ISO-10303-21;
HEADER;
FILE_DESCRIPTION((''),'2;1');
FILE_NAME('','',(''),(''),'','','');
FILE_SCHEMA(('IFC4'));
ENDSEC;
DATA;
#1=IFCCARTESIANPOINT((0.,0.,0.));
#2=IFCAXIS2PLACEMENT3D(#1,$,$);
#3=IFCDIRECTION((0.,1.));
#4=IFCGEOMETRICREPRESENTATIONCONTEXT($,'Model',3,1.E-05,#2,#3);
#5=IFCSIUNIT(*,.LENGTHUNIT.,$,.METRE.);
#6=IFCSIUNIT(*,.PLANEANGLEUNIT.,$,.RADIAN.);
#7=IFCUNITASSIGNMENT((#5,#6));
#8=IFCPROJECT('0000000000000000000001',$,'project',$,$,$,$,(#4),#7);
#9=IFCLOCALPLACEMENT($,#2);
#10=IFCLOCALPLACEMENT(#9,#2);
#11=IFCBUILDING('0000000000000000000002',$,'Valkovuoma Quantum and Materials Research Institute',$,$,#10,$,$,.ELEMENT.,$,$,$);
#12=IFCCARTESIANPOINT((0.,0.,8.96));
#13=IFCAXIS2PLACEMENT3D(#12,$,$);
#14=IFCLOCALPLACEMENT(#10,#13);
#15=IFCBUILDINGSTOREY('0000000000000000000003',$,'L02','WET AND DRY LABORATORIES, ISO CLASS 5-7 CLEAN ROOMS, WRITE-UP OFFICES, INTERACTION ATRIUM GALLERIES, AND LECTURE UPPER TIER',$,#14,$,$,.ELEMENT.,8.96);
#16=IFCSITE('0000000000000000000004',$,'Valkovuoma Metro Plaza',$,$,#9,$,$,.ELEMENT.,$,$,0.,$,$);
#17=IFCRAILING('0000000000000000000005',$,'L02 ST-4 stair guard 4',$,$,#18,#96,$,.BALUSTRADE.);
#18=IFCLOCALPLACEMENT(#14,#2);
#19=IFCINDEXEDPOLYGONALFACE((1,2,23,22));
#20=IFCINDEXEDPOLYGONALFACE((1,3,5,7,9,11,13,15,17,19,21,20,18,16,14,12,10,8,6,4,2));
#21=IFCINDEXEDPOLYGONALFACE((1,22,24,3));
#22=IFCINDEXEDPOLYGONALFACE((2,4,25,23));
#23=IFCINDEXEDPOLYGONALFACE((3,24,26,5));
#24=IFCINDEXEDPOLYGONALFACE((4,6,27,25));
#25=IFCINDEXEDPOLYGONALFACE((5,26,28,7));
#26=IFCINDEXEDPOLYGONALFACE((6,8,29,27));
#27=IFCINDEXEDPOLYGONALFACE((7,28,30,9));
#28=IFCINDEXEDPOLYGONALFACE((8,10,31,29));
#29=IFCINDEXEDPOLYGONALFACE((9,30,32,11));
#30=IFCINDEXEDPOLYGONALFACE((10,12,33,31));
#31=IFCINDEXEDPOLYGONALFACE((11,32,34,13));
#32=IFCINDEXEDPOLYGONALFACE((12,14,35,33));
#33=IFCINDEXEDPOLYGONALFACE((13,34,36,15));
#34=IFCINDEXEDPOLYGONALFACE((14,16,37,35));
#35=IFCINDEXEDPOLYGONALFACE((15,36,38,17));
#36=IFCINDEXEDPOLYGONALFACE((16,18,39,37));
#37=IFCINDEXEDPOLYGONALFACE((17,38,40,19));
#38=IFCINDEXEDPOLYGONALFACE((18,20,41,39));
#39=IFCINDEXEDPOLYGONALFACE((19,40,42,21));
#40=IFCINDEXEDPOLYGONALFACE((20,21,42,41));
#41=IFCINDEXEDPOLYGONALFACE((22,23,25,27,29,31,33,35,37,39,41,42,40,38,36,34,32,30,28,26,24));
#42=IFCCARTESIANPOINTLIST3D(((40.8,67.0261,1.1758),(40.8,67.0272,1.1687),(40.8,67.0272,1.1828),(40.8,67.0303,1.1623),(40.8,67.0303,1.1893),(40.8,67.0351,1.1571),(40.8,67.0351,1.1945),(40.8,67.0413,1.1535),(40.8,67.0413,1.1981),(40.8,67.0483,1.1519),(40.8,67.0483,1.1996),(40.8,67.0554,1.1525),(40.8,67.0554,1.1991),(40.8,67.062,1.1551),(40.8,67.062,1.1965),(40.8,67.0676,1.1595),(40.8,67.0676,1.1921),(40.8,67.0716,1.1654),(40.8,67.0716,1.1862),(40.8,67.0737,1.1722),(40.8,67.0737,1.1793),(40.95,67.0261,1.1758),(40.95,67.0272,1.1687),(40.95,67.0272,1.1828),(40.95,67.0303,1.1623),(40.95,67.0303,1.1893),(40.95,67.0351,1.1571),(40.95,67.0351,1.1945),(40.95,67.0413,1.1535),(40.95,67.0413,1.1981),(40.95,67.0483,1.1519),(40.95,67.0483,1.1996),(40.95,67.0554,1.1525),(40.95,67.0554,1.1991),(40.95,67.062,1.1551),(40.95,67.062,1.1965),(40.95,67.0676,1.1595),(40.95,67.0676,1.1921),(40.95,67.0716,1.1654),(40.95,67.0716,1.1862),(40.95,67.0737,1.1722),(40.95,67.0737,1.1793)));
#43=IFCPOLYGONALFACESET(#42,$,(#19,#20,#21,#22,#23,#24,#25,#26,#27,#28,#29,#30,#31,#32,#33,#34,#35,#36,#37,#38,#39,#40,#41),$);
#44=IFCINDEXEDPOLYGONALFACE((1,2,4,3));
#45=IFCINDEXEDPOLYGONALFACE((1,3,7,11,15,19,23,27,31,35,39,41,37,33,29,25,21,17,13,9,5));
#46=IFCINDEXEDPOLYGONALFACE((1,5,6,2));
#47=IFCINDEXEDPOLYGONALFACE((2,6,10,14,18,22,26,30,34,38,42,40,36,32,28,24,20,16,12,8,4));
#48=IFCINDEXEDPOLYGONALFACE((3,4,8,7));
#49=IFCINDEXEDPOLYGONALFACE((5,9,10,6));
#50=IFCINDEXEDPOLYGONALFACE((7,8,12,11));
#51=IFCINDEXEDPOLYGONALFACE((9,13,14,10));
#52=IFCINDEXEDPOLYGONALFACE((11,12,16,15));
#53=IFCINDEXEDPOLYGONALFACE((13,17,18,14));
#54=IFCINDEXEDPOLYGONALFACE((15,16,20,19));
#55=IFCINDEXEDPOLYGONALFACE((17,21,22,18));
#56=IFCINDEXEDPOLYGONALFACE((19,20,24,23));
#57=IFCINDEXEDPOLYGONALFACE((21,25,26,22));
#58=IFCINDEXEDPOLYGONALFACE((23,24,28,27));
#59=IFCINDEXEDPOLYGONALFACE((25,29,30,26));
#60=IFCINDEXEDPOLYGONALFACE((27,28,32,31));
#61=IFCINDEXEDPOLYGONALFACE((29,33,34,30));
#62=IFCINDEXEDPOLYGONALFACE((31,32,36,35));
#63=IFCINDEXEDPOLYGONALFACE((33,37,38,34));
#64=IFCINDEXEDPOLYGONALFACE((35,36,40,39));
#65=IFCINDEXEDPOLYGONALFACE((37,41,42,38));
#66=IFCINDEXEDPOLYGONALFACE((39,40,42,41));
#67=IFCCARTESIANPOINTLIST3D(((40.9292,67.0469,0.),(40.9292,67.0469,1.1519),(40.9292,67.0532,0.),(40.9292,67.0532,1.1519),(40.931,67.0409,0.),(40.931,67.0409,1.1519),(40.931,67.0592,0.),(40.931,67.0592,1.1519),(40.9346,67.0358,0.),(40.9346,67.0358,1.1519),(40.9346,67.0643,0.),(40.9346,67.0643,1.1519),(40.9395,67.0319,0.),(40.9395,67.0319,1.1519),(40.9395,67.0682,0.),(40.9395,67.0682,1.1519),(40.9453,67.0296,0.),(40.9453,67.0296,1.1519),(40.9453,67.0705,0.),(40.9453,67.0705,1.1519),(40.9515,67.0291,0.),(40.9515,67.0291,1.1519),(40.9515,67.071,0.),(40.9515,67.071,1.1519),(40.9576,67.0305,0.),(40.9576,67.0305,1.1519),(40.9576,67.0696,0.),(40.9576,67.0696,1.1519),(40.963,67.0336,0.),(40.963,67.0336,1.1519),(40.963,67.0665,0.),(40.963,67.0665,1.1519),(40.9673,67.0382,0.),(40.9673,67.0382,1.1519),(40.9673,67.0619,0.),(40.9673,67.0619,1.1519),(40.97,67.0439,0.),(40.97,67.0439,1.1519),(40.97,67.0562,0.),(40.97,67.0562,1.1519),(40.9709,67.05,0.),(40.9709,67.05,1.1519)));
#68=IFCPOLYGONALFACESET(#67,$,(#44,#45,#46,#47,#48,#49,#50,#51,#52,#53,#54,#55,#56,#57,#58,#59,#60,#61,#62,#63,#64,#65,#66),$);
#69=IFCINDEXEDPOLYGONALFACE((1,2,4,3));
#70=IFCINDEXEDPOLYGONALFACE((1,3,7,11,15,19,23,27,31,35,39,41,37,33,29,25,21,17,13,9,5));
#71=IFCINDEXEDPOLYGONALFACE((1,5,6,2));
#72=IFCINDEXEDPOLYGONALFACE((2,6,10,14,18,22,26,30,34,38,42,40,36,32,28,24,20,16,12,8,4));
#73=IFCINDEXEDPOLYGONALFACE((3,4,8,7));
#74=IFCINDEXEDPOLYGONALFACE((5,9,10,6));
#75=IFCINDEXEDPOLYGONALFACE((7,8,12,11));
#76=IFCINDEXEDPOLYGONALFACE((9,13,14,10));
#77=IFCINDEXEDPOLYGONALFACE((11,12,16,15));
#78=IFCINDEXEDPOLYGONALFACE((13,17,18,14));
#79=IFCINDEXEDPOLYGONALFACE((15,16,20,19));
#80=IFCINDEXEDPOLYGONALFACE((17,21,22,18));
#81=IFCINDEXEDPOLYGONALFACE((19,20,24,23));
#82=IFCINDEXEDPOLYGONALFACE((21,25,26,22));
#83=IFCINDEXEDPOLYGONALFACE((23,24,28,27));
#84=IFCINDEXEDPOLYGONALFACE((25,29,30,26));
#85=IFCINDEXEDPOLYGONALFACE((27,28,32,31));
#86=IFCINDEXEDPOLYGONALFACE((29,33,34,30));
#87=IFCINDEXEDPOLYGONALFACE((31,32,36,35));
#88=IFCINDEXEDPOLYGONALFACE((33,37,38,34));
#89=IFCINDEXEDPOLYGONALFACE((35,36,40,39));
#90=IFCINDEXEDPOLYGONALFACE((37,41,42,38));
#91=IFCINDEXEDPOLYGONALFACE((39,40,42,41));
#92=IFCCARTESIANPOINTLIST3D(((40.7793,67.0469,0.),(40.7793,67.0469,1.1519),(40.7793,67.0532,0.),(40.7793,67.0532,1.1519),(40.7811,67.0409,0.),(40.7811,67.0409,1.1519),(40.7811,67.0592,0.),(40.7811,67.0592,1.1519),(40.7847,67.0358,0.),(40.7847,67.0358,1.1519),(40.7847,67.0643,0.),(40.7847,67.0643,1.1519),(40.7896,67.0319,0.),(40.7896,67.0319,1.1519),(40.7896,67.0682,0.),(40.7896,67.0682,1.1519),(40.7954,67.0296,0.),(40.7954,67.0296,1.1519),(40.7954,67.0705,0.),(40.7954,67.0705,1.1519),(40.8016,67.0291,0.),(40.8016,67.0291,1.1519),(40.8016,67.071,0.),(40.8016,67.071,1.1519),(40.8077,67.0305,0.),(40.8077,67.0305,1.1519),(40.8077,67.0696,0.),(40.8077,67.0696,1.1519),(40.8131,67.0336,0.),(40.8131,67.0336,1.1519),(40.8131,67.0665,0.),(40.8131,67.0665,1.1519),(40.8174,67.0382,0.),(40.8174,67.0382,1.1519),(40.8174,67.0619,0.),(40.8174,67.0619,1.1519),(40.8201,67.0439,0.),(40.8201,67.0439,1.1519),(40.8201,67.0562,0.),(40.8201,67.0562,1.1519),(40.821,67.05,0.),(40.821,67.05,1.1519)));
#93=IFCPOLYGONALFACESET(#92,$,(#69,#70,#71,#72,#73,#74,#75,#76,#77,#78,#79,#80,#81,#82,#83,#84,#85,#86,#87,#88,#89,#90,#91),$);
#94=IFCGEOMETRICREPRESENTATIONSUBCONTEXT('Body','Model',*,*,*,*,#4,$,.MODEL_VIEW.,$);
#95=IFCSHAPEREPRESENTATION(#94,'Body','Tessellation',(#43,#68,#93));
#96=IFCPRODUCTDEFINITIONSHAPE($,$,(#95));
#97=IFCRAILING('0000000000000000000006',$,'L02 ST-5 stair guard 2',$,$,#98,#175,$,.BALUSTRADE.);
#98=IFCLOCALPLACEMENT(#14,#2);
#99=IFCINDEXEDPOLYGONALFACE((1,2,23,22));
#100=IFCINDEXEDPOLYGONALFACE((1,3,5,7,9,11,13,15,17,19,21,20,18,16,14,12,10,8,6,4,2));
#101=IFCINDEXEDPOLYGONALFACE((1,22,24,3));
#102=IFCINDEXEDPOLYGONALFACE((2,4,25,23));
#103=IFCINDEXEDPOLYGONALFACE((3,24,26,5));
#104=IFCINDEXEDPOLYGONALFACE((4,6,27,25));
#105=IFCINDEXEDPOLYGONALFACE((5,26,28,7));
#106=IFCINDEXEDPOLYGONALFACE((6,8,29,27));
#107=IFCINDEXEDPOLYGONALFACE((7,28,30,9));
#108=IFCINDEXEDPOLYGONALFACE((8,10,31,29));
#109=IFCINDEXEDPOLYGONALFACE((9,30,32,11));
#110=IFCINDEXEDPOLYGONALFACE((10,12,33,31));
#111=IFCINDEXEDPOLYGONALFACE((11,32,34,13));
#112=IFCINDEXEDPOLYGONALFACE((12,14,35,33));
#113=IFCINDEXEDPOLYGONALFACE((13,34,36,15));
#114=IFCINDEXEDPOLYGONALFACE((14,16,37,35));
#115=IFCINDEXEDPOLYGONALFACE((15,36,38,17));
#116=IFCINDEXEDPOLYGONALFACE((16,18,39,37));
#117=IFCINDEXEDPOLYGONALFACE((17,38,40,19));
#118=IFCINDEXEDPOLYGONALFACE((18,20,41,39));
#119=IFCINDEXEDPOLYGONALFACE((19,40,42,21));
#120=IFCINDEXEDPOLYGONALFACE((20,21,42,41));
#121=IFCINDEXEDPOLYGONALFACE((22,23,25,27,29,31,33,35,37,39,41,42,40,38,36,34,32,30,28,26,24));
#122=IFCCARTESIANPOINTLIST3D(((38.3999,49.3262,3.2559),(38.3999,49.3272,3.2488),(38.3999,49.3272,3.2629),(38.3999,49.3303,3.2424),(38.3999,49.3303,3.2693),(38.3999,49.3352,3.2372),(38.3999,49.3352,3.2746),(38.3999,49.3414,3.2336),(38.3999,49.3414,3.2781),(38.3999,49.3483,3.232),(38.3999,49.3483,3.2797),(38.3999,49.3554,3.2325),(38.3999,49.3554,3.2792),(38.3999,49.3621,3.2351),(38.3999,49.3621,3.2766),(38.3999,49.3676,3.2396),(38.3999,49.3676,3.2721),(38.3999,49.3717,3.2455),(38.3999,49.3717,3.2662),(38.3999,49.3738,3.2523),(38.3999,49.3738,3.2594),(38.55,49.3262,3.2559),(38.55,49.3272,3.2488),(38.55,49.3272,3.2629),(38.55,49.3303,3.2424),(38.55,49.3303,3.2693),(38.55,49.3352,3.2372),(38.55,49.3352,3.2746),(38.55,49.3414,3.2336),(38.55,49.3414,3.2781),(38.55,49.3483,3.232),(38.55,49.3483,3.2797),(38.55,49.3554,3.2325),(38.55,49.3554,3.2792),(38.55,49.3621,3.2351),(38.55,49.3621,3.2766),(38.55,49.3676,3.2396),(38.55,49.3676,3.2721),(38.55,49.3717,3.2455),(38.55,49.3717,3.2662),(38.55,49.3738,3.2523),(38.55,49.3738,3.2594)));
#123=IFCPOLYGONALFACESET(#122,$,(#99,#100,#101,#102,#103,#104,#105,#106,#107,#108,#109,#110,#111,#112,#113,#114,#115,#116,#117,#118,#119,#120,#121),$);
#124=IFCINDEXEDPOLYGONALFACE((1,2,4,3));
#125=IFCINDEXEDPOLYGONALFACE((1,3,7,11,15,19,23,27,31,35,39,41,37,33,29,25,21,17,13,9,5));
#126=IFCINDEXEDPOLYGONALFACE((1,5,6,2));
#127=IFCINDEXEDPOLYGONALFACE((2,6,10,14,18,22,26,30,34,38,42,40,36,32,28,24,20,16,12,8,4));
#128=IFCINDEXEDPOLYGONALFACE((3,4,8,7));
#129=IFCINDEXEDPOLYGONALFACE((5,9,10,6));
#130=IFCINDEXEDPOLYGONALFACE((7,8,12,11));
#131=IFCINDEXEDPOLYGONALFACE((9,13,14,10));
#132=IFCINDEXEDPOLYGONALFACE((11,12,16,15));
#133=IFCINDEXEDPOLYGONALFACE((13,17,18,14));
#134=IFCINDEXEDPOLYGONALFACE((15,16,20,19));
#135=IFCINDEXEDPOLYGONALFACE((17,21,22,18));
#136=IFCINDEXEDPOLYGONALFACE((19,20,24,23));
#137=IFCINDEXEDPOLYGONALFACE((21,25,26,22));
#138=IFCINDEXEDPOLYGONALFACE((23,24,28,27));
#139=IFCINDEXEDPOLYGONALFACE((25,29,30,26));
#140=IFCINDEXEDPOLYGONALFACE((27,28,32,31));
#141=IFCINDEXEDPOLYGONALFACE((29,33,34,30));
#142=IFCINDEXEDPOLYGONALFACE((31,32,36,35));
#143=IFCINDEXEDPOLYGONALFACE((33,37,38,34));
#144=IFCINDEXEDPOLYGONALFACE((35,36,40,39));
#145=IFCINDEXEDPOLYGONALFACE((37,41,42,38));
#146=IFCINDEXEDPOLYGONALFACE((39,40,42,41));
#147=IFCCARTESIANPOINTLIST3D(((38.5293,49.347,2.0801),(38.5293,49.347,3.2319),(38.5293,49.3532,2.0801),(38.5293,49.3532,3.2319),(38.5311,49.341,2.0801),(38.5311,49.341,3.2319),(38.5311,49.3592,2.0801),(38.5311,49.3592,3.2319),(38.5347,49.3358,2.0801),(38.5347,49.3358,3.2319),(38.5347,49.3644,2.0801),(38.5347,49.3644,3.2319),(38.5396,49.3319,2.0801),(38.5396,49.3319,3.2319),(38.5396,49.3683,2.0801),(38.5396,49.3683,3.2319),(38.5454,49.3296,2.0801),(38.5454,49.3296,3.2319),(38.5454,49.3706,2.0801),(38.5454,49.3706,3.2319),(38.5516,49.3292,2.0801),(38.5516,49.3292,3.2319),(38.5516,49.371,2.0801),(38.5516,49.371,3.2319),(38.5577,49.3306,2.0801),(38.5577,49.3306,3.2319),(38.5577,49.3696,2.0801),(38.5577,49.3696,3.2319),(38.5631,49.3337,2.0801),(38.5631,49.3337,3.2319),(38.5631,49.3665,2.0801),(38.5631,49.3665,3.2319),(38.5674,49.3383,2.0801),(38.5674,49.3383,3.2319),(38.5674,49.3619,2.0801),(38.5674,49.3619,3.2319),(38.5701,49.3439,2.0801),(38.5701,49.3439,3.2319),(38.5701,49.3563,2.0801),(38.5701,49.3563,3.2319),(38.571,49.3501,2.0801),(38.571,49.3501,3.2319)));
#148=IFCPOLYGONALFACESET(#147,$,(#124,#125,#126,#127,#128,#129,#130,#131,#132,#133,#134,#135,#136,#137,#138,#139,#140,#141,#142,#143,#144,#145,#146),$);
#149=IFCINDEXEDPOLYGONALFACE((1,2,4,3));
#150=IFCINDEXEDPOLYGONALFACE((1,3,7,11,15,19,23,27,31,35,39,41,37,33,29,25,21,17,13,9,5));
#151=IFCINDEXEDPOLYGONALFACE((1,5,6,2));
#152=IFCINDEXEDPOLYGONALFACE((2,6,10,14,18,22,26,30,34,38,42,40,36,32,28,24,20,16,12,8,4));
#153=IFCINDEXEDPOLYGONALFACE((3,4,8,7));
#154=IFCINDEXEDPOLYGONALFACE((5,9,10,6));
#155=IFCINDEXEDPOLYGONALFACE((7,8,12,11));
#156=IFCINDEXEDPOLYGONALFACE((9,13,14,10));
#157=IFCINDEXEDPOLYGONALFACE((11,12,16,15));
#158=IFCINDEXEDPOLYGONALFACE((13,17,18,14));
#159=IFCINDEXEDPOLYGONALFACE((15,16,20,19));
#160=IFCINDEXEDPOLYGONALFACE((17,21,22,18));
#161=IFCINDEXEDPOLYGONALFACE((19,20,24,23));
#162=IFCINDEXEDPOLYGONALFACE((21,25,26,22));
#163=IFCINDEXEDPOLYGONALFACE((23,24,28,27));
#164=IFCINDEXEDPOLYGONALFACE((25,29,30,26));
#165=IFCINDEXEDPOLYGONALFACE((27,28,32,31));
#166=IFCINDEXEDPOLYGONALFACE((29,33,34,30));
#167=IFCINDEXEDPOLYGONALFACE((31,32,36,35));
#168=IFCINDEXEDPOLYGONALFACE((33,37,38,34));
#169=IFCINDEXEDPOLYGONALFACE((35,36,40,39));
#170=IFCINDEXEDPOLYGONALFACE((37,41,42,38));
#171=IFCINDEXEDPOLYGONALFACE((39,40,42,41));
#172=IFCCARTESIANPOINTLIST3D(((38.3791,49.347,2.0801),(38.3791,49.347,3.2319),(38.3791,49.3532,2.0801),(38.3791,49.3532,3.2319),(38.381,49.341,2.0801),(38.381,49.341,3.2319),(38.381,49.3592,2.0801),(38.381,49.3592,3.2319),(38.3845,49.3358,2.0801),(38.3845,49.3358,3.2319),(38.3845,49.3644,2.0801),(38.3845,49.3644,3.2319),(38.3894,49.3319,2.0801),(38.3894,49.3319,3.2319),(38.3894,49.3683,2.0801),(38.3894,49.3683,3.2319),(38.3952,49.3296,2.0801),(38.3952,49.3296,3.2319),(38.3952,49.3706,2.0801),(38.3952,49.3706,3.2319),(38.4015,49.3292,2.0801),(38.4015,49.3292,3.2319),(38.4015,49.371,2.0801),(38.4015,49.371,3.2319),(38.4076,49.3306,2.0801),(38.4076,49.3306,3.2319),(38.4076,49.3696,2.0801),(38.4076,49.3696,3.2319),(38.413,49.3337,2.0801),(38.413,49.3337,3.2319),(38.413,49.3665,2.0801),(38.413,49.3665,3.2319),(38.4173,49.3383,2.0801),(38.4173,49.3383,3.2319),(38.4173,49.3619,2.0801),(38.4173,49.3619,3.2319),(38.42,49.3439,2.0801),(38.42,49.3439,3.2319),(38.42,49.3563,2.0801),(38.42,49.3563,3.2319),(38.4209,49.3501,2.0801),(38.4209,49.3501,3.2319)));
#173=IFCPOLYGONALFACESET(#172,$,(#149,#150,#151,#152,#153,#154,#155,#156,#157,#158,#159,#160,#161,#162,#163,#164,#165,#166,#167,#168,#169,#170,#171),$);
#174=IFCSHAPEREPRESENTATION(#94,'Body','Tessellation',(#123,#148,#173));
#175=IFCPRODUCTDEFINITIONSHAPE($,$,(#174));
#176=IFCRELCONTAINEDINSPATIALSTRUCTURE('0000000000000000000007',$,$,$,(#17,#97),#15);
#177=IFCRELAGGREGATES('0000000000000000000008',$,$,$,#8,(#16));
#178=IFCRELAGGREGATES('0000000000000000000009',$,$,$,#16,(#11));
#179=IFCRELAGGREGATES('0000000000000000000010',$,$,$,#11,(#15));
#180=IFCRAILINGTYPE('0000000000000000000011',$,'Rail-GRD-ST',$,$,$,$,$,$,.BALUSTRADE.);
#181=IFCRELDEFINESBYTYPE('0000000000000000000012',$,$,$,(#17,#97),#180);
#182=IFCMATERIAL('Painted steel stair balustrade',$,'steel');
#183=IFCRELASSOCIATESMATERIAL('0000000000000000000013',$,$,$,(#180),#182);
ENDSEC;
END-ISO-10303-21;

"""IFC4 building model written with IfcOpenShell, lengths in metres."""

from ifc_helpers import new_model, si_unit, direction, frame, origin, origin_2d, place, context, subcontext, project, spatial, circle, extrude, material, type_object, element, save


model = new_model("IFC4")

# Units and contexts
model_context = context("Model", 3, precision=1e-05, world=origin(), true_north=direction((0.0, 1.0)))
body_context = subcontext(model_context, "Body", "Model", "MODEL_VIEW")
ifc_project = project(units=[si_unit("LENGTHUNIT", "METRE"), si_unit("PLANEANGLEUNIT", "RADIAN")], contexts=[model_context])

# Site, building, storey
site_placement = place(None, origin())
site = spatial("IfcSite", under=ifc_project, at=site_placement, Name="Valkovuoma Metro Plaza", CompositionType="ELEMENT", RefElevation=0.0)
building_placement = place(site_placement, origin())
building = spatial("IfcBuilding", under=site, at=building_placement, Name="Valkovuoma Quantum and Materials Research Institute", CompositionType="ELEMENT")
storey_placement = place(building_placement, frame((0.0, 0.0, 8.96)))
storey = spatial("IfcBuildingStorey", under=building, at=storey_placement, Name="L02", Description="WET AND DRY LABORATORIES, ISO CLASS 5-7 CLEAN ROOMS, WRITE-UP OFFICES, INTERACTION ATRIUM GALLERIES, AND LECTURE UPPER TIER", CompositionType="ELEMENT", Elevation=8.96)

# Railings
ifc_material_1 = material(Name="Painted steel stair balustrade", Category="steel")
railing_type_1 = type_object("IfcRailingType", Name="Rail-GRD-ST", PredefinedType="BALUSTRADE", material=ifc_material_1)
railing_1_placement = place(storey_placement, frame((40.95, 67.05, 0.0)))
element("IfcRailing", 1, at=railing_1_placement, inside=storey, type_object=railing_type_1, Name="L02 ST-4 stair guard 4", PredefinedType="BALUSTRADE", context=body_context, shape_type="SweptSolid", body=[
    extrude(circle(Radius=0.0239, at=origin_2d()), frame((0.0, 0.0, 1.1758), z_axis=(-1.0, 0.0, 0.0), x_axis=(0.0, -1.0, 0.0)), (0.0, 0.0, 1.0), 0.1499),
    extrude(circle(Radius=0.021, at=origin_2d()), origin(), (0.0, 0.0, 1.0), 1.1519),
    extrude(circle(Radius=0.021, at=origin_2d()), frame((-0.1499, 0.0, 0.0)), (0.0, 0.0, 1.0), 1.1519),
])
railing_2_placement = place(storey_placement, frame((38.55, 49.3501, 2.0801)))
element("IfcRailing", 2, at=railing_2_placement, inside=storey, type_object=railing_type_1, Name="L02 ST-5 stair guard 2", PredefinedType="BALUSTRADE", context=body_context, shape_type="SweptSolid", body=[
    extrude(circle(Radius=0.0239, at=origin_2d()), frame((0.0, 0.0, 1.1758), z_axis=(-1.0, 0.0, 0.0), x_axis=(0.0, -1.0, 0.0)), (0.0, 0.0, 1.0), 0.1501),
    extrude(circle(Radius=0.021, at=origin_2d()), origin(), (0.0, 0.0, 1.0), 1.1519),
    extrude(circle(Radius=0.021, at=origin_2d()), frame((-0.1501, 0.0, 0.0)), (0.0, 0.0, 1.0), 1.1519),
])

save(model, "model.ifc")
